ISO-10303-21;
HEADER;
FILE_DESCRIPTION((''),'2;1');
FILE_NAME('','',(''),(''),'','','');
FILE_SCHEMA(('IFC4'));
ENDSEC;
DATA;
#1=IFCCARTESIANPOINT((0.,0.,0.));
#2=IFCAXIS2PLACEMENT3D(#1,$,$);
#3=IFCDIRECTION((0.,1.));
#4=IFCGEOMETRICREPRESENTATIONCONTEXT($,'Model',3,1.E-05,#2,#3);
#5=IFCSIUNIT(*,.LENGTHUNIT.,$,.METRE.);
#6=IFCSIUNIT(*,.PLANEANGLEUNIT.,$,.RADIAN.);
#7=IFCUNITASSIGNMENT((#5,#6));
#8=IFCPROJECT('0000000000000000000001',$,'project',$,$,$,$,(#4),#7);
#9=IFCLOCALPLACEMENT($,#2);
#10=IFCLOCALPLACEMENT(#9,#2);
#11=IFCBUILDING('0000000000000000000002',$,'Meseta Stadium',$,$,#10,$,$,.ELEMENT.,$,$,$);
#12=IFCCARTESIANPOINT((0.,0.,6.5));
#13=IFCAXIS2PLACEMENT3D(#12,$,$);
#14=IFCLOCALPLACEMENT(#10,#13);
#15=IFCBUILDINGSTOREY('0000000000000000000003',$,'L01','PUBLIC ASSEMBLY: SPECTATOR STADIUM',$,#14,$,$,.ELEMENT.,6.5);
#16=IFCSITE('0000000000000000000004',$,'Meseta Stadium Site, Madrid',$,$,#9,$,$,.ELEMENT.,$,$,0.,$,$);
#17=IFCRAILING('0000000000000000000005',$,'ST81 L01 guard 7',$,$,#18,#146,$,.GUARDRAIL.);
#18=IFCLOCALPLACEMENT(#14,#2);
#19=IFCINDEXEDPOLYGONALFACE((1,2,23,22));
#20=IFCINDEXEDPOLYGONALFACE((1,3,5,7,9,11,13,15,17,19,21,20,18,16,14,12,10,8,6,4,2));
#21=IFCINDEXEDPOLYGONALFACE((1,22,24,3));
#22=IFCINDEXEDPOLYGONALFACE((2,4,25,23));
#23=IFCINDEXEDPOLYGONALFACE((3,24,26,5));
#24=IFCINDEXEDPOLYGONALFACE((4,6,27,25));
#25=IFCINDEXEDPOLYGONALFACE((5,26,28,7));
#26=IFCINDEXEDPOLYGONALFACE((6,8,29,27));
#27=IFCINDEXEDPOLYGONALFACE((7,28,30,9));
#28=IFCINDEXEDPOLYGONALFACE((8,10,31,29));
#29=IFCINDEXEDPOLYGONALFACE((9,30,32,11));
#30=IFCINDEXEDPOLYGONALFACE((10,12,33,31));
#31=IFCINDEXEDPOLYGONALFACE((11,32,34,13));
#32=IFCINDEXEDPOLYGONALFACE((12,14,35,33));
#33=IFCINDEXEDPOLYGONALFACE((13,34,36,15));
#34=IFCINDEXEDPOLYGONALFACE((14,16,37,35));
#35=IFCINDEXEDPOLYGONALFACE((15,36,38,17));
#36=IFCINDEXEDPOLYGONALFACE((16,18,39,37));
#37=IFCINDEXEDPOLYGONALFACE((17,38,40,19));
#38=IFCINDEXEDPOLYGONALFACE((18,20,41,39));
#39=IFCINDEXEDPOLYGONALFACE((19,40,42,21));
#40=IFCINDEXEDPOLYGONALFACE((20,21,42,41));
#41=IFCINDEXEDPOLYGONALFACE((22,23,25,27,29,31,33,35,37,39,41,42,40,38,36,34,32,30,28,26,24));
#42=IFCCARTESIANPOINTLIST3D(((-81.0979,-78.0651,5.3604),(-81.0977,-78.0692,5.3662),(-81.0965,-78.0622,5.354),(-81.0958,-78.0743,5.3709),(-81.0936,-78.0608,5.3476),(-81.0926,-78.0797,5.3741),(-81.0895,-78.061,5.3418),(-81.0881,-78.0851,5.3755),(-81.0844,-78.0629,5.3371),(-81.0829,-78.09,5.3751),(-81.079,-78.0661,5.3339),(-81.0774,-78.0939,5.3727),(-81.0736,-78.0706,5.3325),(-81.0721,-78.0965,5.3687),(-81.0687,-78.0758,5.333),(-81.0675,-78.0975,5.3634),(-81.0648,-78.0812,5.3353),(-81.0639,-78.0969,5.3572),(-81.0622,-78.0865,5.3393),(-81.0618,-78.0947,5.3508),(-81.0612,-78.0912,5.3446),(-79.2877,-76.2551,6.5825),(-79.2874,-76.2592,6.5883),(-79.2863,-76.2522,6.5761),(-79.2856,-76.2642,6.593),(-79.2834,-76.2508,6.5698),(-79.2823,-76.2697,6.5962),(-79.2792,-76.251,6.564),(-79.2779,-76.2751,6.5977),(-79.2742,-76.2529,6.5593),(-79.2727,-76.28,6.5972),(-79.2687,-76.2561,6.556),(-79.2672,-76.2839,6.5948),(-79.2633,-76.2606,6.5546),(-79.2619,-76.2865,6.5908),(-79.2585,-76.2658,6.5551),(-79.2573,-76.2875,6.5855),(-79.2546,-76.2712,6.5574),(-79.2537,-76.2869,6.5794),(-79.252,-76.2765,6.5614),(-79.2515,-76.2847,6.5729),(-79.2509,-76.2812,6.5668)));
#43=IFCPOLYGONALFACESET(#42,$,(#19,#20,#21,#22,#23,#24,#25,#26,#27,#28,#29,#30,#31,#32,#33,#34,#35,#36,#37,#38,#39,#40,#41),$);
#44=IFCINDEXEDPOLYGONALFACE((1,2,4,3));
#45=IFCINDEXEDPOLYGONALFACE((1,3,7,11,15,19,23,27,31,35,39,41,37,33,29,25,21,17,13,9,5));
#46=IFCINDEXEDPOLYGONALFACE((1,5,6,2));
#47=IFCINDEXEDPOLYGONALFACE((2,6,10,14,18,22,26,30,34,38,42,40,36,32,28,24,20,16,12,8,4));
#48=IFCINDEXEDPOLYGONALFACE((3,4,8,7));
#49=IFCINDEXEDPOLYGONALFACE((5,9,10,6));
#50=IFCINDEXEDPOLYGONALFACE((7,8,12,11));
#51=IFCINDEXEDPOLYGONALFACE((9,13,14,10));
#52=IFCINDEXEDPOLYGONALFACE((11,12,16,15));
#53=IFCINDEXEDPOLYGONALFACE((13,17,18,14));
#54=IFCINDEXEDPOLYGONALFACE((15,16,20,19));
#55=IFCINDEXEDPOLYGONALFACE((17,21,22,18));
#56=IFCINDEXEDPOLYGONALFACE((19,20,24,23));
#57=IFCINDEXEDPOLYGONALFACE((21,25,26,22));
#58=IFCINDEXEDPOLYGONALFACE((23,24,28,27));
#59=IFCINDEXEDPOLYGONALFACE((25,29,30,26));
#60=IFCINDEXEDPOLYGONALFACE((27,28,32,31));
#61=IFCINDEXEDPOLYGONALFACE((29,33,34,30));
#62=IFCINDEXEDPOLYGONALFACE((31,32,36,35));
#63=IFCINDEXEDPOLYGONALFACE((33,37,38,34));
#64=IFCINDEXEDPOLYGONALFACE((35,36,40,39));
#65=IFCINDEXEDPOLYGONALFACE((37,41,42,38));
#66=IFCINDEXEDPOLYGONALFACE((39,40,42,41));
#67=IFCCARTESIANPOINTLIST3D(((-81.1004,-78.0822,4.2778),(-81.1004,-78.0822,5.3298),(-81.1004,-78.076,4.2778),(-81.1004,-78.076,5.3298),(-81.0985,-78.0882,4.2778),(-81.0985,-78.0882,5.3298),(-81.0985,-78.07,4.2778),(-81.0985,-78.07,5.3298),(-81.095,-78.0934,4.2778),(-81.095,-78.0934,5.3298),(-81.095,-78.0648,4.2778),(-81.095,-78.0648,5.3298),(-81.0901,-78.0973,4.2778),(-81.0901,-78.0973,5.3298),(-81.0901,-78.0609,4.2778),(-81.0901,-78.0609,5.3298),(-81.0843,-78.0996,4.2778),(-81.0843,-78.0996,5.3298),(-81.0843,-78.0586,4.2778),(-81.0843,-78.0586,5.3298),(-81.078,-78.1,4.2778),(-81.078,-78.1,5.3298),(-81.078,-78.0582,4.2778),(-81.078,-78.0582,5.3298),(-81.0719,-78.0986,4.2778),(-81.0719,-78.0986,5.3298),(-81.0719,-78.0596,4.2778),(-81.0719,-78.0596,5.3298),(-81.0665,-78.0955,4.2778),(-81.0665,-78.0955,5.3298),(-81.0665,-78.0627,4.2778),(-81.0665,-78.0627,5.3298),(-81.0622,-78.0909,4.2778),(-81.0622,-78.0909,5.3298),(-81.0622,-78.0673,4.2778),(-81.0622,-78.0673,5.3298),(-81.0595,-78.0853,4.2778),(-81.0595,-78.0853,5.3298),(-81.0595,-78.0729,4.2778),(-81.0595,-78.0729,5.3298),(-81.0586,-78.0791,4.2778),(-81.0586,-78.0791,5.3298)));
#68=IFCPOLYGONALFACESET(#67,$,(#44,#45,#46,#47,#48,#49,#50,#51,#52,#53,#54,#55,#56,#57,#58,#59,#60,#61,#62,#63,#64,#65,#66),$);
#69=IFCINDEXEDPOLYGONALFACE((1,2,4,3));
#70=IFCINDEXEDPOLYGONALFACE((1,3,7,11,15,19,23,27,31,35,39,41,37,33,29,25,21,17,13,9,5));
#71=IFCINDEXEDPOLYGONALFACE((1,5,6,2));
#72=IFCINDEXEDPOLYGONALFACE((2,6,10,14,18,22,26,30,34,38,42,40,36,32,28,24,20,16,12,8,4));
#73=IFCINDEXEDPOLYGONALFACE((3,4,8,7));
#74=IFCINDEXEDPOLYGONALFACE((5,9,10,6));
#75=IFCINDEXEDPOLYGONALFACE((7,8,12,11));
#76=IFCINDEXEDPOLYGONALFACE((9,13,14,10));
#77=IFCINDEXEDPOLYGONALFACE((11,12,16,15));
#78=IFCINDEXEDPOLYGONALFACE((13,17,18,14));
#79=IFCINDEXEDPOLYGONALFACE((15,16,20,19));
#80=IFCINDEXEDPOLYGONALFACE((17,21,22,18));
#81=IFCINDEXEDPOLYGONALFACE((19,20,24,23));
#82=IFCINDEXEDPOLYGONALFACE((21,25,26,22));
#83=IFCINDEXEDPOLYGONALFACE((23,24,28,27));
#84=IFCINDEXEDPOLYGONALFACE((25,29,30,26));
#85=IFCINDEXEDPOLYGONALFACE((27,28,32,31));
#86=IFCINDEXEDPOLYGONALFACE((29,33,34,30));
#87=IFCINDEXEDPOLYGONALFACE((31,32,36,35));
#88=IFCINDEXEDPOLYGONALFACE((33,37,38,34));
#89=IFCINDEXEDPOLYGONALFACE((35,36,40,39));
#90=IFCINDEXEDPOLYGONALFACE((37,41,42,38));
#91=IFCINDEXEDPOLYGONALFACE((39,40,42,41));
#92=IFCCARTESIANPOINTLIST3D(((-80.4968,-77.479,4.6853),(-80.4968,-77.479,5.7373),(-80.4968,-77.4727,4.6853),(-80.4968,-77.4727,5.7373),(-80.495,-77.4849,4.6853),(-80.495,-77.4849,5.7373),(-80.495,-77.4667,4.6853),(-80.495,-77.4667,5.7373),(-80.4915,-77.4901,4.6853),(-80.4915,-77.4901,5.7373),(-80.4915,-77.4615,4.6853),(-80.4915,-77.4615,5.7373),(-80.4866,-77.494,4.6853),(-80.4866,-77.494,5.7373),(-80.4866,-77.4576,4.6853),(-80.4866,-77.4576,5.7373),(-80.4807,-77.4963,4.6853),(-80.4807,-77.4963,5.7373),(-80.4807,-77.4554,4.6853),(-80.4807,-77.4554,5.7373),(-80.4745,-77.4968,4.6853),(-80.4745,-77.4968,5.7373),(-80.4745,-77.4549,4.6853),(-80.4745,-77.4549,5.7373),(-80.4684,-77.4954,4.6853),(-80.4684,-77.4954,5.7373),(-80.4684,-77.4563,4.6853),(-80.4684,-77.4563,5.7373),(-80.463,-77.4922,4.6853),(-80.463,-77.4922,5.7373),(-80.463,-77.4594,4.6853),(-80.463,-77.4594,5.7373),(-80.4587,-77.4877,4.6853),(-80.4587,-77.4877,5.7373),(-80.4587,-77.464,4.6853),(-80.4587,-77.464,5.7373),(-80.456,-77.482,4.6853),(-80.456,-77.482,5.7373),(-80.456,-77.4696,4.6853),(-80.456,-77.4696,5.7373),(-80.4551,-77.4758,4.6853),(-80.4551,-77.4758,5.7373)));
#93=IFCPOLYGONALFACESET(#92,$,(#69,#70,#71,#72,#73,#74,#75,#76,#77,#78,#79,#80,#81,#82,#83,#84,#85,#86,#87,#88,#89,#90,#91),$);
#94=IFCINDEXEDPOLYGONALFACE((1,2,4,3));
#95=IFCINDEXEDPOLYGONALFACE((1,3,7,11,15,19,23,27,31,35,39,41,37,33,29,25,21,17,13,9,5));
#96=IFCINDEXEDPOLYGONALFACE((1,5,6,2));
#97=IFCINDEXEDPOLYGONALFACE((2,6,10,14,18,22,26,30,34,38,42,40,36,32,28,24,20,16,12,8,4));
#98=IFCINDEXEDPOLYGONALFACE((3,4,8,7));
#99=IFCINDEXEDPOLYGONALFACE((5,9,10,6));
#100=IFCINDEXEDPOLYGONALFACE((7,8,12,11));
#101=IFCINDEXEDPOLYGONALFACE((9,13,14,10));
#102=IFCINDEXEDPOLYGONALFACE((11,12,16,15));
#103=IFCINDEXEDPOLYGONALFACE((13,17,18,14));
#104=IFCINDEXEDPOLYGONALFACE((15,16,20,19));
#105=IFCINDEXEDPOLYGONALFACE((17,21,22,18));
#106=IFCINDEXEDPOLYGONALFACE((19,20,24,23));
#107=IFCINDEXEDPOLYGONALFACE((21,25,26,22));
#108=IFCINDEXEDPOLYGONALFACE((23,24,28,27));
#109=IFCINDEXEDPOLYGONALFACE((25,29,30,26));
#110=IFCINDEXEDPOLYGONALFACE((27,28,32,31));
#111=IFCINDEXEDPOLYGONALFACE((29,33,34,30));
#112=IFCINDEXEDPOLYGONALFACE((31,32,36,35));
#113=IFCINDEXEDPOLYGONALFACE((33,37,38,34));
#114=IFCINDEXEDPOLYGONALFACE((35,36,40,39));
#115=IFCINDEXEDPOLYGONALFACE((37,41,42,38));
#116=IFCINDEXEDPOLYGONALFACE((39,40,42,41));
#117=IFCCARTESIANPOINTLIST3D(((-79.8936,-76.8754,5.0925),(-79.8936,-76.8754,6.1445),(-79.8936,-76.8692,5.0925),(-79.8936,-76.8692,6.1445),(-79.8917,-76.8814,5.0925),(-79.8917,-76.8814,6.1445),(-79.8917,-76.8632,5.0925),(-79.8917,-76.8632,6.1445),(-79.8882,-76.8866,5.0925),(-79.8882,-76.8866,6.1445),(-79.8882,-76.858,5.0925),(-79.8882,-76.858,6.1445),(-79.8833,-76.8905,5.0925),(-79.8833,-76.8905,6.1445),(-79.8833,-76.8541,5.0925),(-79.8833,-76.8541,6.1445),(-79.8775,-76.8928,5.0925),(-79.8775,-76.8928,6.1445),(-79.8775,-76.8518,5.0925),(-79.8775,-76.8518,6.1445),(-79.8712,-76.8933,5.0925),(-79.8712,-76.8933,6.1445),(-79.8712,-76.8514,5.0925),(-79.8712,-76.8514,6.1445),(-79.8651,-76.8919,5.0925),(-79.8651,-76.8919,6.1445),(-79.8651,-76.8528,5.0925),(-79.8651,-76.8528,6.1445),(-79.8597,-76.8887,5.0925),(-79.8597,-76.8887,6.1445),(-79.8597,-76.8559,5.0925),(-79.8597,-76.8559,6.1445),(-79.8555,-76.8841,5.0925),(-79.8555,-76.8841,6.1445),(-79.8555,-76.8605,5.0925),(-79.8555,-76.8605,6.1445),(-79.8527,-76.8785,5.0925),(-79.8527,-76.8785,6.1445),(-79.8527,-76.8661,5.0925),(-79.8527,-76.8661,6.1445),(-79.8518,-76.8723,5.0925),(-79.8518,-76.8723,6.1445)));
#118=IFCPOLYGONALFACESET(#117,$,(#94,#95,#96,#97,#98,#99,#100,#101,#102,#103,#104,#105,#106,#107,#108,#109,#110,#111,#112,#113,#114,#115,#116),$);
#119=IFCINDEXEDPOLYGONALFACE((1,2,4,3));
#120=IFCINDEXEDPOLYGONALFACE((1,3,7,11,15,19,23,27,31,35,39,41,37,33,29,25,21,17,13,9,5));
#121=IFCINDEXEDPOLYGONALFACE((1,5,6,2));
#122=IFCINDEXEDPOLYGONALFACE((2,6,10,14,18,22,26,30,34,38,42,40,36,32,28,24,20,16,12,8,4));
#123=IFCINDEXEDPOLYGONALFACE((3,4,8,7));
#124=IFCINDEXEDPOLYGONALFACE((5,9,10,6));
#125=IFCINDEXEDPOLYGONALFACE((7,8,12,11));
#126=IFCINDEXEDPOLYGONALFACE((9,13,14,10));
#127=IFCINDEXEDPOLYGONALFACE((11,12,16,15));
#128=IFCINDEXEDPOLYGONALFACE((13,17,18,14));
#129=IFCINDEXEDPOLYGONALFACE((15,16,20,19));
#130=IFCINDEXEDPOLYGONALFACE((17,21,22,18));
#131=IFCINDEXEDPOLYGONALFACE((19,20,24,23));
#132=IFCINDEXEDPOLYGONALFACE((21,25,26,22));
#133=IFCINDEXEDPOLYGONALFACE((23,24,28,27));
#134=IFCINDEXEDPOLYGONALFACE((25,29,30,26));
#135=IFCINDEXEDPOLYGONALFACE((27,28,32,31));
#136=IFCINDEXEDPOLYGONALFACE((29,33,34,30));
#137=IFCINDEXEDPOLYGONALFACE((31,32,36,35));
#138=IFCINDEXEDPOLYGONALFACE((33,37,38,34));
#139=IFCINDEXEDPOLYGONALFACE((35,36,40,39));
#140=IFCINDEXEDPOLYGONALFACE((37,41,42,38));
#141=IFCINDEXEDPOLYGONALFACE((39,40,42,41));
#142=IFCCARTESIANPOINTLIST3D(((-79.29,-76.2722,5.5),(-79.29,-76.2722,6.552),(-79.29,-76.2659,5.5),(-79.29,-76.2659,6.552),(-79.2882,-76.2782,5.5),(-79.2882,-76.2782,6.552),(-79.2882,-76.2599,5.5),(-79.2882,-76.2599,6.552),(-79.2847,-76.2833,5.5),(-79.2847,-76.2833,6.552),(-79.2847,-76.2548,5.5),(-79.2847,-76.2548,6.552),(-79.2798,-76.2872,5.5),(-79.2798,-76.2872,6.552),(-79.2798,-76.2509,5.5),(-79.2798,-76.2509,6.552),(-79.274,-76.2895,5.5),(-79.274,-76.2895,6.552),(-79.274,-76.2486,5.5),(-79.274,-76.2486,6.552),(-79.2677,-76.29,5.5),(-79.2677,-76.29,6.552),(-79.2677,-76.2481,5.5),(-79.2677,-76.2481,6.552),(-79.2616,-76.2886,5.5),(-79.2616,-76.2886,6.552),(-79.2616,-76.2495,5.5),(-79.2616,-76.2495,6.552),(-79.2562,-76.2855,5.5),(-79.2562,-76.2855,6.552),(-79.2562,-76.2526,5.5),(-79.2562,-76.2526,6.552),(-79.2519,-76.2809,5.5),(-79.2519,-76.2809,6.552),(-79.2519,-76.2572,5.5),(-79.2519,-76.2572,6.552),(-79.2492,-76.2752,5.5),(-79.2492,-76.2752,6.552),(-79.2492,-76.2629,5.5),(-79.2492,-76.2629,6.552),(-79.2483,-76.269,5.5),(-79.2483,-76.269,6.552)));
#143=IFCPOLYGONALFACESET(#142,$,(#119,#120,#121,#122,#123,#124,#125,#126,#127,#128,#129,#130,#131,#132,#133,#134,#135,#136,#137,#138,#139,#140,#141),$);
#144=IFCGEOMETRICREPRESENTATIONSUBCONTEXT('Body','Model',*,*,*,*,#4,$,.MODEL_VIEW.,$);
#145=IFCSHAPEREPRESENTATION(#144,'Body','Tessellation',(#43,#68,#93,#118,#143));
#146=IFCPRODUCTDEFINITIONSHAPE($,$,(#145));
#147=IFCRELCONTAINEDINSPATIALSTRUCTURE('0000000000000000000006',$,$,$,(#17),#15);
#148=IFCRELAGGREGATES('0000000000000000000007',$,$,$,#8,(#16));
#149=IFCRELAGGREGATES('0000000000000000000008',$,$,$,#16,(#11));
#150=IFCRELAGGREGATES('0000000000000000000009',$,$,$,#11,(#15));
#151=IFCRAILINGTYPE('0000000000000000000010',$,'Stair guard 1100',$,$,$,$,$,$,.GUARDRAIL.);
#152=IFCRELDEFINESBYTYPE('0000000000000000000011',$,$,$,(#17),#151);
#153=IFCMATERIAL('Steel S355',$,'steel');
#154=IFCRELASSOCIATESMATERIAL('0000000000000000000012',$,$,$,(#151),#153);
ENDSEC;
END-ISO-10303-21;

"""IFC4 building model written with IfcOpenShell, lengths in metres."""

from ifc_helpers import new_model, si_unit, direction, frame, origin, origin_2d, place, context, subcontext, project, spatial, circle, extrude, material, type_object, element, save


model = new_model("IFC4")

# Units and contexts
model_context = context("Model", 3, precision=1e-05, world=origin(), true_north=direction((0.0, 1.0)))
body_context = subcontext(model_context, "Body", "Model", "MODEL_VIEW")
ifc_project = project(units=[si_unit("LENGTHUNIT", "METRE"), si_unit("PLANEANGLEUNIT", "RADIAN")], contexts=[model_context])

# Site, building, storey
site_placement = place(None, origin())
site = spatial("IfcSite", under=ifc_project, at=site_placement, Name="Meseta Stadium Site, Madrid", CompositionType="ELEMENT", RefElevation=0.0)
building_placement = place(site_placement, origin())
building = spatial("IfcBuilding", under=site, at=building_placement, Name="Meseta Stadium", CompositionType="ELEMENT")
storey_placement = place(building_placement, frame((0.0, 0.0, 6.5)))
storey = spatial("IfcBuildingStorey", under=building, at=storey_placement, Name="L01", Description="PUBLIC ASSEMBLY: SPECTATOR STADIUM", CompositionType="ELEMENT", Elevation=6.5)

# Railing
ifc_material_1 = material(Name="Steel S355", Category="steel")
railing_type_1 = type_object("IfcRailingType", Name="Stair guard 1100", PredefinedType="GUARDRAIL", material=ifc_material_1)
railing_1_placement = place(storey_placement, frame((-81.0796, -78.0791, 4.2778)))
element("IfcRailing", 1, at=railing_1_placement, inside=storey, type_object=railing_type_1, Name="ST81 L01 guard 7", PredefinedType="GUARDRAIL", context=body_context, shape_type="SweptSolid", body=[
    extrude(circle(Radius=0.0239, at=origin_2d()), frame((0.0, 0.0, 1.0762), z_axis=(0.638159, 0.638073, 0.430832), x_axis=(-0.707059, 0.707154, 0.0)), (0.0, 0.0, 1.0), 2.8367),
    extrude(circle(Radius=0.021, at=origin_2d()), origin(), (0.0, 0.0, 1.0), 1.052),
    extrude(circle(Radius=0.021, at=origin_2d()), frame((0.6035, 0.6033, 0.4075)), (0.0, 0.0, 1.0), 1.052),
    extrude(circle(Radius=0.021, at=origin_2d()), frame((1.2068, 1.2068, 0.8147)), (0.0, 0.0, 1.0), 1.052),
    extrude(circle(Radius=0.021, at=origin_2d()), frame((1.8103, 1.8101, 1.2222)), (0.0, 0.0, 1.0), 1.052),
])

save(model, "model.ifc")
